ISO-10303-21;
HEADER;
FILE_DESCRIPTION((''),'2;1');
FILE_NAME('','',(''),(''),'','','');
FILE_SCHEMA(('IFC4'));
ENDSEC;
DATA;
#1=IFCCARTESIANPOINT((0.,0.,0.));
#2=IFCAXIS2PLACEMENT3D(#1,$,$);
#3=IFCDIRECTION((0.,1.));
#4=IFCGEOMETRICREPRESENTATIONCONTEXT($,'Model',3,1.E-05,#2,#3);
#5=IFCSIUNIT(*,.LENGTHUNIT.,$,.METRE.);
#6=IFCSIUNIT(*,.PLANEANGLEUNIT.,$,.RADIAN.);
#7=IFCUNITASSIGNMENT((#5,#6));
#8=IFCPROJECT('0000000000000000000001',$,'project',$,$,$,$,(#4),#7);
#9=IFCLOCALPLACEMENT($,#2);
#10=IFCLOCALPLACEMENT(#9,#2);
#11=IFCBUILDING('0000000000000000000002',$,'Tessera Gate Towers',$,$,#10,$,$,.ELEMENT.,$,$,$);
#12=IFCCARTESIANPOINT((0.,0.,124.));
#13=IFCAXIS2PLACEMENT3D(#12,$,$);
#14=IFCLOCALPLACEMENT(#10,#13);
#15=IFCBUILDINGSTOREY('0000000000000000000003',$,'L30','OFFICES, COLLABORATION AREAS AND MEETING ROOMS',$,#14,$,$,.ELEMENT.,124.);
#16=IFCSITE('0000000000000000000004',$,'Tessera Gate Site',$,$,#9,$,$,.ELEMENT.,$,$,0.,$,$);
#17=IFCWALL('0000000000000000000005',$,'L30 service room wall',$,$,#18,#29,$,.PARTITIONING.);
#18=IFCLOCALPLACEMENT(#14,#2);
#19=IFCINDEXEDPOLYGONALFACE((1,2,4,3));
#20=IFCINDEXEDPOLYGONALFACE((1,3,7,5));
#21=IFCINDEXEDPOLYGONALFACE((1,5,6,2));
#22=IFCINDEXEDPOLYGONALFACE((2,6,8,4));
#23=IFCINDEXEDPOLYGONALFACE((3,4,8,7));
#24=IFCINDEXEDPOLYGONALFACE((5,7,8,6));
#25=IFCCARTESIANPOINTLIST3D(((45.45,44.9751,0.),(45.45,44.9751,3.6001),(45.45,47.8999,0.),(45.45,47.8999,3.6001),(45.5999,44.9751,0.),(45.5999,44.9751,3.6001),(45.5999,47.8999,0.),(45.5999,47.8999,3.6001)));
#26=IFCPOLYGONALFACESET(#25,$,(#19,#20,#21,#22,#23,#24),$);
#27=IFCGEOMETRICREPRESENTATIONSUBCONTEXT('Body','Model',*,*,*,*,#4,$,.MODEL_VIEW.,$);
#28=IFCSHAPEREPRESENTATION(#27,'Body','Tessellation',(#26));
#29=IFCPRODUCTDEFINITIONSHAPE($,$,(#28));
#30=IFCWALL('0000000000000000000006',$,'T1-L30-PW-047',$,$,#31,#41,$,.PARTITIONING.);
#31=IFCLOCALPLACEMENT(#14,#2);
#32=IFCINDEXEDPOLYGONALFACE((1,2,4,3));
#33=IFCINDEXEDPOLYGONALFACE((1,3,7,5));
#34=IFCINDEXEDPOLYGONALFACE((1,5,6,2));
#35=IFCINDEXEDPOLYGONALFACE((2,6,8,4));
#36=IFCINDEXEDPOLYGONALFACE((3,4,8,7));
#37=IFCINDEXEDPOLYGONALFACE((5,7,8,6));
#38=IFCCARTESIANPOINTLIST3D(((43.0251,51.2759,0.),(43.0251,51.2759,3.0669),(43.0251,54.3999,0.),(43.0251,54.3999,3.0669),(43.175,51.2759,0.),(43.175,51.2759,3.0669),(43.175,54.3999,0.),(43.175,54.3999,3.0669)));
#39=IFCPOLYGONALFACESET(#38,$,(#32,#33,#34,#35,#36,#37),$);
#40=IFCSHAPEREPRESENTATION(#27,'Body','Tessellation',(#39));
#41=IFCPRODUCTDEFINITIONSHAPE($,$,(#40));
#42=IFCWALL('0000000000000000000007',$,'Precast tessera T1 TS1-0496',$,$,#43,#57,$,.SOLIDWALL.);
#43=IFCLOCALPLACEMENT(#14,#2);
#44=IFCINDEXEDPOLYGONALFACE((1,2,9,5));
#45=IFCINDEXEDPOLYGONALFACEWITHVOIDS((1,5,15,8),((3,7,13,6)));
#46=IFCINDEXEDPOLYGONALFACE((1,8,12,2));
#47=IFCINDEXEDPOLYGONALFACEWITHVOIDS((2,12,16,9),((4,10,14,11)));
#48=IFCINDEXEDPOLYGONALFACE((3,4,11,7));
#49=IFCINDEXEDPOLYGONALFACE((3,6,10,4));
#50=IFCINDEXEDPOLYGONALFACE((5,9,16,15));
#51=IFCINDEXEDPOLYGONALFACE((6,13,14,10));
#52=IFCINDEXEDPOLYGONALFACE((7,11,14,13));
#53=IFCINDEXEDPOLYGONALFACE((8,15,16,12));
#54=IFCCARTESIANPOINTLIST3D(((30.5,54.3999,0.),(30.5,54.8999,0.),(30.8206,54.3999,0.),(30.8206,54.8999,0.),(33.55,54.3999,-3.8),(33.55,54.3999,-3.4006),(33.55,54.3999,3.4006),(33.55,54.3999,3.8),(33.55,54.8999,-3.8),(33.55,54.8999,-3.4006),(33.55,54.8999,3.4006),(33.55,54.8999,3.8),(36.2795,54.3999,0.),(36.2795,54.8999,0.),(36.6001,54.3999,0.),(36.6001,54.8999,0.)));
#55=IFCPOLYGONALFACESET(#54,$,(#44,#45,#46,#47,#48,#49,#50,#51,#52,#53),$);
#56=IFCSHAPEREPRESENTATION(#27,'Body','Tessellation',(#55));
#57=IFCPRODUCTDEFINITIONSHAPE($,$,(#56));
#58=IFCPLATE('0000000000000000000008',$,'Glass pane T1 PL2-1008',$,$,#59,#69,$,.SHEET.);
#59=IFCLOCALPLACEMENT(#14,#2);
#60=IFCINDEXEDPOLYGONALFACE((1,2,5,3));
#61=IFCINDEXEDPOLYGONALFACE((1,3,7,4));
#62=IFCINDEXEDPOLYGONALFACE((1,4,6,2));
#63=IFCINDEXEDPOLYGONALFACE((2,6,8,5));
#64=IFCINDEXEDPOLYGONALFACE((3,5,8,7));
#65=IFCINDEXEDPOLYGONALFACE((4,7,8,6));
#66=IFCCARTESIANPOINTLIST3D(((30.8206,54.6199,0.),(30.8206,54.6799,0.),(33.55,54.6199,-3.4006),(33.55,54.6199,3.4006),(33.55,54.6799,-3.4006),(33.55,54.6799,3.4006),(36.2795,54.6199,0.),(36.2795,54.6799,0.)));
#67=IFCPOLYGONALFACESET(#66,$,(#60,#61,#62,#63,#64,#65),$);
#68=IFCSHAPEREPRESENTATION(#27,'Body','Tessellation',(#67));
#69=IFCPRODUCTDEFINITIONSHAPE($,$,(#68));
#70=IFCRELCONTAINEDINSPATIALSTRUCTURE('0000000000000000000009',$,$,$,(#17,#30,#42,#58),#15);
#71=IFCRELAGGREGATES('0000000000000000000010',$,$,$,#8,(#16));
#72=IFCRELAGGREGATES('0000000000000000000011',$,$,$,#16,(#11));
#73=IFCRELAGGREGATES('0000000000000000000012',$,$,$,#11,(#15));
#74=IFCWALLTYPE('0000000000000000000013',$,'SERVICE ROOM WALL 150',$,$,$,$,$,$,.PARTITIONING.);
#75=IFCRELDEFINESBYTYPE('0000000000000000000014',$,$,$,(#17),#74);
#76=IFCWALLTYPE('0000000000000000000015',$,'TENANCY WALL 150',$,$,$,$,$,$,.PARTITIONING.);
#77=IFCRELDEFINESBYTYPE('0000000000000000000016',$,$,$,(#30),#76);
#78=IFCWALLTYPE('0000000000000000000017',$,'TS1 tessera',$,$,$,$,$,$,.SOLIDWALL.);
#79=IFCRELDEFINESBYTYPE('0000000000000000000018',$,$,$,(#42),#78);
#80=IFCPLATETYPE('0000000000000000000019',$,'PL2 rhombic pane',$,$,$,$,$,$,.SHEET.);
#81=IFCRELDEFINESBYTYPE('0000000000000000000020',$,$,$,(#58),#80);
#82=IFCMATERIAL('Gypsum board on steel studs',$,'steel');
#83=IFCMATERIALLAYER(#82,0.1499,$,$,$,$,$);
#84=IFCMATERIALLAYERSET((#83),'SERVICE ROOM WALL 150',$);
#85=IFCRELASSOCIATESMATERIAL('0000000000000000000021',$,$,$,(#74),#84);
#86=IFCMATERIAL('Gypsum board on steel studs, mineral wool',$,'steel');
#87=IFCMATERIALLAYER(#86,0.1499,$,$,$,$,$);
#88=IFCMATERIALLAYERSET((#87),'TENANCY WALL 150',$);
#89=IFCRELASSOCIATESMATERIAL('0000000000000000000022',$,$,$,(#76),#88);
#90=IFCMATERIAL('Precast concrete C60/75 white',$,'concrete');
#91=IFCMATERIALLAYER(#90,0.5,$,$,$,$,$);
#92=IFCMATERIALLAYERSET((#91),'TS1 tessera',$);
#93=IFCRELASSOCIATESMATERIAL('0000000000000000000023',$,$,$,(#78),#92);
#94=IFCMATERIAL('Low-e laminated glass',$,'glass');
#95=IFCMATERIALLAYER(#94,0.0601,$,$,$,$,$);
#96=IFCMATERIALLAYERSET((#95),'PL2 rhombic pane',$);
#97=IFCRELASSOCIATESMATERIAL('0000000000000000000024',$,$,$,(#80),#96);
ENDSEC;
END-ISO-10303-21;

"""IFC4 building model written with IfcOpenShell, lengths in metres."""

from ifc_helpers import new_model, si_unit, direction, frame, frame_2d, origin, place, context, subcontext, project, spatial, polyline, rectangle, outline, extrude, source, transform, mapped, material, layer, layer_set, type_object, element, fill, save


model = new_model("IFC4")

# Units and contexts
model_context = context("Model", 3, precision=1e-05, world=origin(), true_north=direction((0.0, 1.0)))
body_context = subcontext(model_context, "Body", "Model", "MODEL_VIEW")
ifc_project = project(units=[si_unit("LENGTHUNIT", "METRE"), si_unit("PLANEANGLEUNIT", "RADIAN")], contexts=[model_context])

# Site, building, storey
site_placement = place(None, origin())
site = spatial("IfcSite", under=ifc_project, at=site_placement, Name="Tessera Gate Site", CompositionType="ELEMENT", RefElevation=0.0)
building_placement = place(site_placement, origin())
building = spatial("IfcBuilding", under=site, at=building_placement, Name="Tessera Gate Towers", CompositionType="ELEMENT")
storey_placement = place(building_placement, frame((0.0, 0.0, 124.0)))
storey = spatial("IfcBuildingStorey", under=building, at=storey_placement, Name="L30", Description="OFFICES, COLLABORATION AREAS AND MEETING ROOMS", CompositionType="ELEMENT", Elevation=124.0)

# Shared definitions
ifc_material_1 = material(Name="Gypsum board on steel studs", Category="steel")
ifc_layer_1 = layer(ifc_material_1, 0.1499)
ifc_layer_set_1 = layer_set([ifc_layer_1], Name="SERVICE ROOM WALL 150")
wall_type_1 = type_object("IfcWallType", Name="SERVICE ROOM WALL 150", PredefinedType="PARTITIONING", material=ifc_layer_set_1)

# Walls
wall_1_placement = place(storey_placement, frame((45.5249, 44.9751, 0.0), z_axis=(0.0, 0.0, 1.0), x_axis=(0.0, 1.0, 0.0)))
element("IfcWall", 1, at=wall_1_placement, inside=storey, type_object=wall_type_1, Name="L30 service room wall", PredefinedType="PARTITIONING", context=body_context, shape_type="SweptSolid", body=[
    extrude(rectangle(XDim=2.9248, YDim=0.1499, at=frame_2d((1.4624, 0.0))), origin(), (0.0, 0.0, 1.0), 3.6001),
])
ifc_material_2 = material(Name="Gypsum board on steel studs, mineral wool", Category="steel")
ifc_layer_2 = layer(ifc_material_2, 0.1499)
ifc_layer_set_2 = layer_set([ifc_layer_2], Name="TENANCY WALL 150")
wall_type_2 = type_object("IfcWallType", Name="TENANCY WALL 150", PredefinedType="PARTITIONING", material=ifc_layer_set_2)
wall_2_placement = place(storey_placement, frame((43.1001, 51.2759, 0.0), z_axis=(0.0, 0.0, 1.0), x_axis=(0.0, 1.0, 0.0)))
element("IfcWall", 2, at=wall_2_placement, inside=storey, type_object=wall_type_2, Name="T1-L30-PW-047", PredefinedType="PARTITIONING", context=body_context, shape_type="SweptSolid", body=[
    extrude(rectangle(XDim=3.124, YDim=0.1499, at=frame_2d((1.562, 0.0))), origin(), (0.0, 0.0, 1.0), 3.0669),
])

# Wall, opening, plate
ifc_material_3 = material(Name="Precast concrete C60/75 white", Category="concrete")
ifc_layer_3 = layer(ifc_material_3, 0.5)
ifc_layer_set_3 = layer_set([ifc_layer_3], Name="TS1 tessera")
wall_type_3 = type_object("IfcWallType", Name="TS1 tessera", PredefinedType="SOLIDWALL", material=ifc_layer_set_3)
shared_shape_1 = source(origin(), body_context, "Body", "SweptSolid", [
    extrude(outline(polyline([(3.05, 0.0), (6.1001, 3.8), (3.05, 7.6001), (0.0, 3.8), (3.05, 0.0)])), frame((0.0, 0.25, 0.0), z_axis=(0.0, -1.0, 0.0), x_axis=(1.0, 0.0, 0.0)), (0.0, 0.0, 1.0), 0.5),
])
wall_3_placement = place(storey_placement, frame((36.6001, 54.6499, -3.8), z_axis=(0.0, 0.0, 1.0), x_axis=(-1.0, 0.0, 0.0)))
wall_3 = element("IfcWall", 3, at=wall_3_placement, inside=storey, type_object=wall_type_3, Name="Precast tessera T1 TS1-0496", PredefinedType="SOLIDWALL", context=body_context, shape_type="MappedRepresentation", body=[
    mapped(shared_shape_1, transform((0.0, 0.0, 0.0), scale=1.0)),
])
shared_shape_2 = source(origin(), body_context, "Body", "SweptSolid", [
    extrude(outline(polyline([(3.05, 0.3994), (5.7795, 3.8), (3.05, 7.2007), (0.3206, 3.8), (3.05, 0.3994)])), frame((0.0, 0.26, 0.0), z_axis=(0.0, -1.0, 0.0), x_axis=(1.0, 0.0, 0.0)), (0.0, 0.0, 1.0), 0.52),
])
opening_1_placement = place(wall_3_placement, origin())
opening_1 = element("IfcOpeningElement", 4, at=opening_1_placement, cuts=wall_3, PredefinedType="OPENING", context=body_context, shape_type="MappedRepresentation", body=[
    mapped(shared_shape_2, transform((0.0, 0.0, 0.0), scale=1.0)),
])
ifc_material_4 = material(Name="Low-e laminated glass", Category="glass")
ifc_layer_4 = layer(ifc_material_4, 0.0601)
ifc_layer_set_4 = layer_set([ifc_layer_4], Name="PL2 rhombic pane")
plate_type = type_object("IfcPlateType", Name="PL2 rhombic pane", PredefinedType="SHEET", material=ifc_layer_set_4)
shared_shape_3 = source(origin(), body_context, "Body", "SweptSolid", [
    extrude(outline(polyline([(3.05, 0.3994), (5.7795, 3.8), (3.05, 7.2007), (0.3206, 3.8), (3.05, 0.3994)])), frame((0.0, 0.03, 0.0), z_axis=(0.0, -1.0, 0.0), x_axis=(1.0, 0.0, 0.0)), (0.0, 0.0, 1.0), 0.0601),
])
plate_placement = place(opening_1_placement, origin())
plate = element("IfcPlate", 5, at=plate_placement, inside=storey, type_object=plate_type, Name="Glass pane T1 PL2-1008", PredefinedType="SHEET", context=body_context, shape_type="MappedRepresentation", body=[
    mapped(shared_shape_3, transform((0.0, 0.0, 0.0), scale=1.0)),
])
fill(opening_1, plate)

save(model, "model.ifc")
